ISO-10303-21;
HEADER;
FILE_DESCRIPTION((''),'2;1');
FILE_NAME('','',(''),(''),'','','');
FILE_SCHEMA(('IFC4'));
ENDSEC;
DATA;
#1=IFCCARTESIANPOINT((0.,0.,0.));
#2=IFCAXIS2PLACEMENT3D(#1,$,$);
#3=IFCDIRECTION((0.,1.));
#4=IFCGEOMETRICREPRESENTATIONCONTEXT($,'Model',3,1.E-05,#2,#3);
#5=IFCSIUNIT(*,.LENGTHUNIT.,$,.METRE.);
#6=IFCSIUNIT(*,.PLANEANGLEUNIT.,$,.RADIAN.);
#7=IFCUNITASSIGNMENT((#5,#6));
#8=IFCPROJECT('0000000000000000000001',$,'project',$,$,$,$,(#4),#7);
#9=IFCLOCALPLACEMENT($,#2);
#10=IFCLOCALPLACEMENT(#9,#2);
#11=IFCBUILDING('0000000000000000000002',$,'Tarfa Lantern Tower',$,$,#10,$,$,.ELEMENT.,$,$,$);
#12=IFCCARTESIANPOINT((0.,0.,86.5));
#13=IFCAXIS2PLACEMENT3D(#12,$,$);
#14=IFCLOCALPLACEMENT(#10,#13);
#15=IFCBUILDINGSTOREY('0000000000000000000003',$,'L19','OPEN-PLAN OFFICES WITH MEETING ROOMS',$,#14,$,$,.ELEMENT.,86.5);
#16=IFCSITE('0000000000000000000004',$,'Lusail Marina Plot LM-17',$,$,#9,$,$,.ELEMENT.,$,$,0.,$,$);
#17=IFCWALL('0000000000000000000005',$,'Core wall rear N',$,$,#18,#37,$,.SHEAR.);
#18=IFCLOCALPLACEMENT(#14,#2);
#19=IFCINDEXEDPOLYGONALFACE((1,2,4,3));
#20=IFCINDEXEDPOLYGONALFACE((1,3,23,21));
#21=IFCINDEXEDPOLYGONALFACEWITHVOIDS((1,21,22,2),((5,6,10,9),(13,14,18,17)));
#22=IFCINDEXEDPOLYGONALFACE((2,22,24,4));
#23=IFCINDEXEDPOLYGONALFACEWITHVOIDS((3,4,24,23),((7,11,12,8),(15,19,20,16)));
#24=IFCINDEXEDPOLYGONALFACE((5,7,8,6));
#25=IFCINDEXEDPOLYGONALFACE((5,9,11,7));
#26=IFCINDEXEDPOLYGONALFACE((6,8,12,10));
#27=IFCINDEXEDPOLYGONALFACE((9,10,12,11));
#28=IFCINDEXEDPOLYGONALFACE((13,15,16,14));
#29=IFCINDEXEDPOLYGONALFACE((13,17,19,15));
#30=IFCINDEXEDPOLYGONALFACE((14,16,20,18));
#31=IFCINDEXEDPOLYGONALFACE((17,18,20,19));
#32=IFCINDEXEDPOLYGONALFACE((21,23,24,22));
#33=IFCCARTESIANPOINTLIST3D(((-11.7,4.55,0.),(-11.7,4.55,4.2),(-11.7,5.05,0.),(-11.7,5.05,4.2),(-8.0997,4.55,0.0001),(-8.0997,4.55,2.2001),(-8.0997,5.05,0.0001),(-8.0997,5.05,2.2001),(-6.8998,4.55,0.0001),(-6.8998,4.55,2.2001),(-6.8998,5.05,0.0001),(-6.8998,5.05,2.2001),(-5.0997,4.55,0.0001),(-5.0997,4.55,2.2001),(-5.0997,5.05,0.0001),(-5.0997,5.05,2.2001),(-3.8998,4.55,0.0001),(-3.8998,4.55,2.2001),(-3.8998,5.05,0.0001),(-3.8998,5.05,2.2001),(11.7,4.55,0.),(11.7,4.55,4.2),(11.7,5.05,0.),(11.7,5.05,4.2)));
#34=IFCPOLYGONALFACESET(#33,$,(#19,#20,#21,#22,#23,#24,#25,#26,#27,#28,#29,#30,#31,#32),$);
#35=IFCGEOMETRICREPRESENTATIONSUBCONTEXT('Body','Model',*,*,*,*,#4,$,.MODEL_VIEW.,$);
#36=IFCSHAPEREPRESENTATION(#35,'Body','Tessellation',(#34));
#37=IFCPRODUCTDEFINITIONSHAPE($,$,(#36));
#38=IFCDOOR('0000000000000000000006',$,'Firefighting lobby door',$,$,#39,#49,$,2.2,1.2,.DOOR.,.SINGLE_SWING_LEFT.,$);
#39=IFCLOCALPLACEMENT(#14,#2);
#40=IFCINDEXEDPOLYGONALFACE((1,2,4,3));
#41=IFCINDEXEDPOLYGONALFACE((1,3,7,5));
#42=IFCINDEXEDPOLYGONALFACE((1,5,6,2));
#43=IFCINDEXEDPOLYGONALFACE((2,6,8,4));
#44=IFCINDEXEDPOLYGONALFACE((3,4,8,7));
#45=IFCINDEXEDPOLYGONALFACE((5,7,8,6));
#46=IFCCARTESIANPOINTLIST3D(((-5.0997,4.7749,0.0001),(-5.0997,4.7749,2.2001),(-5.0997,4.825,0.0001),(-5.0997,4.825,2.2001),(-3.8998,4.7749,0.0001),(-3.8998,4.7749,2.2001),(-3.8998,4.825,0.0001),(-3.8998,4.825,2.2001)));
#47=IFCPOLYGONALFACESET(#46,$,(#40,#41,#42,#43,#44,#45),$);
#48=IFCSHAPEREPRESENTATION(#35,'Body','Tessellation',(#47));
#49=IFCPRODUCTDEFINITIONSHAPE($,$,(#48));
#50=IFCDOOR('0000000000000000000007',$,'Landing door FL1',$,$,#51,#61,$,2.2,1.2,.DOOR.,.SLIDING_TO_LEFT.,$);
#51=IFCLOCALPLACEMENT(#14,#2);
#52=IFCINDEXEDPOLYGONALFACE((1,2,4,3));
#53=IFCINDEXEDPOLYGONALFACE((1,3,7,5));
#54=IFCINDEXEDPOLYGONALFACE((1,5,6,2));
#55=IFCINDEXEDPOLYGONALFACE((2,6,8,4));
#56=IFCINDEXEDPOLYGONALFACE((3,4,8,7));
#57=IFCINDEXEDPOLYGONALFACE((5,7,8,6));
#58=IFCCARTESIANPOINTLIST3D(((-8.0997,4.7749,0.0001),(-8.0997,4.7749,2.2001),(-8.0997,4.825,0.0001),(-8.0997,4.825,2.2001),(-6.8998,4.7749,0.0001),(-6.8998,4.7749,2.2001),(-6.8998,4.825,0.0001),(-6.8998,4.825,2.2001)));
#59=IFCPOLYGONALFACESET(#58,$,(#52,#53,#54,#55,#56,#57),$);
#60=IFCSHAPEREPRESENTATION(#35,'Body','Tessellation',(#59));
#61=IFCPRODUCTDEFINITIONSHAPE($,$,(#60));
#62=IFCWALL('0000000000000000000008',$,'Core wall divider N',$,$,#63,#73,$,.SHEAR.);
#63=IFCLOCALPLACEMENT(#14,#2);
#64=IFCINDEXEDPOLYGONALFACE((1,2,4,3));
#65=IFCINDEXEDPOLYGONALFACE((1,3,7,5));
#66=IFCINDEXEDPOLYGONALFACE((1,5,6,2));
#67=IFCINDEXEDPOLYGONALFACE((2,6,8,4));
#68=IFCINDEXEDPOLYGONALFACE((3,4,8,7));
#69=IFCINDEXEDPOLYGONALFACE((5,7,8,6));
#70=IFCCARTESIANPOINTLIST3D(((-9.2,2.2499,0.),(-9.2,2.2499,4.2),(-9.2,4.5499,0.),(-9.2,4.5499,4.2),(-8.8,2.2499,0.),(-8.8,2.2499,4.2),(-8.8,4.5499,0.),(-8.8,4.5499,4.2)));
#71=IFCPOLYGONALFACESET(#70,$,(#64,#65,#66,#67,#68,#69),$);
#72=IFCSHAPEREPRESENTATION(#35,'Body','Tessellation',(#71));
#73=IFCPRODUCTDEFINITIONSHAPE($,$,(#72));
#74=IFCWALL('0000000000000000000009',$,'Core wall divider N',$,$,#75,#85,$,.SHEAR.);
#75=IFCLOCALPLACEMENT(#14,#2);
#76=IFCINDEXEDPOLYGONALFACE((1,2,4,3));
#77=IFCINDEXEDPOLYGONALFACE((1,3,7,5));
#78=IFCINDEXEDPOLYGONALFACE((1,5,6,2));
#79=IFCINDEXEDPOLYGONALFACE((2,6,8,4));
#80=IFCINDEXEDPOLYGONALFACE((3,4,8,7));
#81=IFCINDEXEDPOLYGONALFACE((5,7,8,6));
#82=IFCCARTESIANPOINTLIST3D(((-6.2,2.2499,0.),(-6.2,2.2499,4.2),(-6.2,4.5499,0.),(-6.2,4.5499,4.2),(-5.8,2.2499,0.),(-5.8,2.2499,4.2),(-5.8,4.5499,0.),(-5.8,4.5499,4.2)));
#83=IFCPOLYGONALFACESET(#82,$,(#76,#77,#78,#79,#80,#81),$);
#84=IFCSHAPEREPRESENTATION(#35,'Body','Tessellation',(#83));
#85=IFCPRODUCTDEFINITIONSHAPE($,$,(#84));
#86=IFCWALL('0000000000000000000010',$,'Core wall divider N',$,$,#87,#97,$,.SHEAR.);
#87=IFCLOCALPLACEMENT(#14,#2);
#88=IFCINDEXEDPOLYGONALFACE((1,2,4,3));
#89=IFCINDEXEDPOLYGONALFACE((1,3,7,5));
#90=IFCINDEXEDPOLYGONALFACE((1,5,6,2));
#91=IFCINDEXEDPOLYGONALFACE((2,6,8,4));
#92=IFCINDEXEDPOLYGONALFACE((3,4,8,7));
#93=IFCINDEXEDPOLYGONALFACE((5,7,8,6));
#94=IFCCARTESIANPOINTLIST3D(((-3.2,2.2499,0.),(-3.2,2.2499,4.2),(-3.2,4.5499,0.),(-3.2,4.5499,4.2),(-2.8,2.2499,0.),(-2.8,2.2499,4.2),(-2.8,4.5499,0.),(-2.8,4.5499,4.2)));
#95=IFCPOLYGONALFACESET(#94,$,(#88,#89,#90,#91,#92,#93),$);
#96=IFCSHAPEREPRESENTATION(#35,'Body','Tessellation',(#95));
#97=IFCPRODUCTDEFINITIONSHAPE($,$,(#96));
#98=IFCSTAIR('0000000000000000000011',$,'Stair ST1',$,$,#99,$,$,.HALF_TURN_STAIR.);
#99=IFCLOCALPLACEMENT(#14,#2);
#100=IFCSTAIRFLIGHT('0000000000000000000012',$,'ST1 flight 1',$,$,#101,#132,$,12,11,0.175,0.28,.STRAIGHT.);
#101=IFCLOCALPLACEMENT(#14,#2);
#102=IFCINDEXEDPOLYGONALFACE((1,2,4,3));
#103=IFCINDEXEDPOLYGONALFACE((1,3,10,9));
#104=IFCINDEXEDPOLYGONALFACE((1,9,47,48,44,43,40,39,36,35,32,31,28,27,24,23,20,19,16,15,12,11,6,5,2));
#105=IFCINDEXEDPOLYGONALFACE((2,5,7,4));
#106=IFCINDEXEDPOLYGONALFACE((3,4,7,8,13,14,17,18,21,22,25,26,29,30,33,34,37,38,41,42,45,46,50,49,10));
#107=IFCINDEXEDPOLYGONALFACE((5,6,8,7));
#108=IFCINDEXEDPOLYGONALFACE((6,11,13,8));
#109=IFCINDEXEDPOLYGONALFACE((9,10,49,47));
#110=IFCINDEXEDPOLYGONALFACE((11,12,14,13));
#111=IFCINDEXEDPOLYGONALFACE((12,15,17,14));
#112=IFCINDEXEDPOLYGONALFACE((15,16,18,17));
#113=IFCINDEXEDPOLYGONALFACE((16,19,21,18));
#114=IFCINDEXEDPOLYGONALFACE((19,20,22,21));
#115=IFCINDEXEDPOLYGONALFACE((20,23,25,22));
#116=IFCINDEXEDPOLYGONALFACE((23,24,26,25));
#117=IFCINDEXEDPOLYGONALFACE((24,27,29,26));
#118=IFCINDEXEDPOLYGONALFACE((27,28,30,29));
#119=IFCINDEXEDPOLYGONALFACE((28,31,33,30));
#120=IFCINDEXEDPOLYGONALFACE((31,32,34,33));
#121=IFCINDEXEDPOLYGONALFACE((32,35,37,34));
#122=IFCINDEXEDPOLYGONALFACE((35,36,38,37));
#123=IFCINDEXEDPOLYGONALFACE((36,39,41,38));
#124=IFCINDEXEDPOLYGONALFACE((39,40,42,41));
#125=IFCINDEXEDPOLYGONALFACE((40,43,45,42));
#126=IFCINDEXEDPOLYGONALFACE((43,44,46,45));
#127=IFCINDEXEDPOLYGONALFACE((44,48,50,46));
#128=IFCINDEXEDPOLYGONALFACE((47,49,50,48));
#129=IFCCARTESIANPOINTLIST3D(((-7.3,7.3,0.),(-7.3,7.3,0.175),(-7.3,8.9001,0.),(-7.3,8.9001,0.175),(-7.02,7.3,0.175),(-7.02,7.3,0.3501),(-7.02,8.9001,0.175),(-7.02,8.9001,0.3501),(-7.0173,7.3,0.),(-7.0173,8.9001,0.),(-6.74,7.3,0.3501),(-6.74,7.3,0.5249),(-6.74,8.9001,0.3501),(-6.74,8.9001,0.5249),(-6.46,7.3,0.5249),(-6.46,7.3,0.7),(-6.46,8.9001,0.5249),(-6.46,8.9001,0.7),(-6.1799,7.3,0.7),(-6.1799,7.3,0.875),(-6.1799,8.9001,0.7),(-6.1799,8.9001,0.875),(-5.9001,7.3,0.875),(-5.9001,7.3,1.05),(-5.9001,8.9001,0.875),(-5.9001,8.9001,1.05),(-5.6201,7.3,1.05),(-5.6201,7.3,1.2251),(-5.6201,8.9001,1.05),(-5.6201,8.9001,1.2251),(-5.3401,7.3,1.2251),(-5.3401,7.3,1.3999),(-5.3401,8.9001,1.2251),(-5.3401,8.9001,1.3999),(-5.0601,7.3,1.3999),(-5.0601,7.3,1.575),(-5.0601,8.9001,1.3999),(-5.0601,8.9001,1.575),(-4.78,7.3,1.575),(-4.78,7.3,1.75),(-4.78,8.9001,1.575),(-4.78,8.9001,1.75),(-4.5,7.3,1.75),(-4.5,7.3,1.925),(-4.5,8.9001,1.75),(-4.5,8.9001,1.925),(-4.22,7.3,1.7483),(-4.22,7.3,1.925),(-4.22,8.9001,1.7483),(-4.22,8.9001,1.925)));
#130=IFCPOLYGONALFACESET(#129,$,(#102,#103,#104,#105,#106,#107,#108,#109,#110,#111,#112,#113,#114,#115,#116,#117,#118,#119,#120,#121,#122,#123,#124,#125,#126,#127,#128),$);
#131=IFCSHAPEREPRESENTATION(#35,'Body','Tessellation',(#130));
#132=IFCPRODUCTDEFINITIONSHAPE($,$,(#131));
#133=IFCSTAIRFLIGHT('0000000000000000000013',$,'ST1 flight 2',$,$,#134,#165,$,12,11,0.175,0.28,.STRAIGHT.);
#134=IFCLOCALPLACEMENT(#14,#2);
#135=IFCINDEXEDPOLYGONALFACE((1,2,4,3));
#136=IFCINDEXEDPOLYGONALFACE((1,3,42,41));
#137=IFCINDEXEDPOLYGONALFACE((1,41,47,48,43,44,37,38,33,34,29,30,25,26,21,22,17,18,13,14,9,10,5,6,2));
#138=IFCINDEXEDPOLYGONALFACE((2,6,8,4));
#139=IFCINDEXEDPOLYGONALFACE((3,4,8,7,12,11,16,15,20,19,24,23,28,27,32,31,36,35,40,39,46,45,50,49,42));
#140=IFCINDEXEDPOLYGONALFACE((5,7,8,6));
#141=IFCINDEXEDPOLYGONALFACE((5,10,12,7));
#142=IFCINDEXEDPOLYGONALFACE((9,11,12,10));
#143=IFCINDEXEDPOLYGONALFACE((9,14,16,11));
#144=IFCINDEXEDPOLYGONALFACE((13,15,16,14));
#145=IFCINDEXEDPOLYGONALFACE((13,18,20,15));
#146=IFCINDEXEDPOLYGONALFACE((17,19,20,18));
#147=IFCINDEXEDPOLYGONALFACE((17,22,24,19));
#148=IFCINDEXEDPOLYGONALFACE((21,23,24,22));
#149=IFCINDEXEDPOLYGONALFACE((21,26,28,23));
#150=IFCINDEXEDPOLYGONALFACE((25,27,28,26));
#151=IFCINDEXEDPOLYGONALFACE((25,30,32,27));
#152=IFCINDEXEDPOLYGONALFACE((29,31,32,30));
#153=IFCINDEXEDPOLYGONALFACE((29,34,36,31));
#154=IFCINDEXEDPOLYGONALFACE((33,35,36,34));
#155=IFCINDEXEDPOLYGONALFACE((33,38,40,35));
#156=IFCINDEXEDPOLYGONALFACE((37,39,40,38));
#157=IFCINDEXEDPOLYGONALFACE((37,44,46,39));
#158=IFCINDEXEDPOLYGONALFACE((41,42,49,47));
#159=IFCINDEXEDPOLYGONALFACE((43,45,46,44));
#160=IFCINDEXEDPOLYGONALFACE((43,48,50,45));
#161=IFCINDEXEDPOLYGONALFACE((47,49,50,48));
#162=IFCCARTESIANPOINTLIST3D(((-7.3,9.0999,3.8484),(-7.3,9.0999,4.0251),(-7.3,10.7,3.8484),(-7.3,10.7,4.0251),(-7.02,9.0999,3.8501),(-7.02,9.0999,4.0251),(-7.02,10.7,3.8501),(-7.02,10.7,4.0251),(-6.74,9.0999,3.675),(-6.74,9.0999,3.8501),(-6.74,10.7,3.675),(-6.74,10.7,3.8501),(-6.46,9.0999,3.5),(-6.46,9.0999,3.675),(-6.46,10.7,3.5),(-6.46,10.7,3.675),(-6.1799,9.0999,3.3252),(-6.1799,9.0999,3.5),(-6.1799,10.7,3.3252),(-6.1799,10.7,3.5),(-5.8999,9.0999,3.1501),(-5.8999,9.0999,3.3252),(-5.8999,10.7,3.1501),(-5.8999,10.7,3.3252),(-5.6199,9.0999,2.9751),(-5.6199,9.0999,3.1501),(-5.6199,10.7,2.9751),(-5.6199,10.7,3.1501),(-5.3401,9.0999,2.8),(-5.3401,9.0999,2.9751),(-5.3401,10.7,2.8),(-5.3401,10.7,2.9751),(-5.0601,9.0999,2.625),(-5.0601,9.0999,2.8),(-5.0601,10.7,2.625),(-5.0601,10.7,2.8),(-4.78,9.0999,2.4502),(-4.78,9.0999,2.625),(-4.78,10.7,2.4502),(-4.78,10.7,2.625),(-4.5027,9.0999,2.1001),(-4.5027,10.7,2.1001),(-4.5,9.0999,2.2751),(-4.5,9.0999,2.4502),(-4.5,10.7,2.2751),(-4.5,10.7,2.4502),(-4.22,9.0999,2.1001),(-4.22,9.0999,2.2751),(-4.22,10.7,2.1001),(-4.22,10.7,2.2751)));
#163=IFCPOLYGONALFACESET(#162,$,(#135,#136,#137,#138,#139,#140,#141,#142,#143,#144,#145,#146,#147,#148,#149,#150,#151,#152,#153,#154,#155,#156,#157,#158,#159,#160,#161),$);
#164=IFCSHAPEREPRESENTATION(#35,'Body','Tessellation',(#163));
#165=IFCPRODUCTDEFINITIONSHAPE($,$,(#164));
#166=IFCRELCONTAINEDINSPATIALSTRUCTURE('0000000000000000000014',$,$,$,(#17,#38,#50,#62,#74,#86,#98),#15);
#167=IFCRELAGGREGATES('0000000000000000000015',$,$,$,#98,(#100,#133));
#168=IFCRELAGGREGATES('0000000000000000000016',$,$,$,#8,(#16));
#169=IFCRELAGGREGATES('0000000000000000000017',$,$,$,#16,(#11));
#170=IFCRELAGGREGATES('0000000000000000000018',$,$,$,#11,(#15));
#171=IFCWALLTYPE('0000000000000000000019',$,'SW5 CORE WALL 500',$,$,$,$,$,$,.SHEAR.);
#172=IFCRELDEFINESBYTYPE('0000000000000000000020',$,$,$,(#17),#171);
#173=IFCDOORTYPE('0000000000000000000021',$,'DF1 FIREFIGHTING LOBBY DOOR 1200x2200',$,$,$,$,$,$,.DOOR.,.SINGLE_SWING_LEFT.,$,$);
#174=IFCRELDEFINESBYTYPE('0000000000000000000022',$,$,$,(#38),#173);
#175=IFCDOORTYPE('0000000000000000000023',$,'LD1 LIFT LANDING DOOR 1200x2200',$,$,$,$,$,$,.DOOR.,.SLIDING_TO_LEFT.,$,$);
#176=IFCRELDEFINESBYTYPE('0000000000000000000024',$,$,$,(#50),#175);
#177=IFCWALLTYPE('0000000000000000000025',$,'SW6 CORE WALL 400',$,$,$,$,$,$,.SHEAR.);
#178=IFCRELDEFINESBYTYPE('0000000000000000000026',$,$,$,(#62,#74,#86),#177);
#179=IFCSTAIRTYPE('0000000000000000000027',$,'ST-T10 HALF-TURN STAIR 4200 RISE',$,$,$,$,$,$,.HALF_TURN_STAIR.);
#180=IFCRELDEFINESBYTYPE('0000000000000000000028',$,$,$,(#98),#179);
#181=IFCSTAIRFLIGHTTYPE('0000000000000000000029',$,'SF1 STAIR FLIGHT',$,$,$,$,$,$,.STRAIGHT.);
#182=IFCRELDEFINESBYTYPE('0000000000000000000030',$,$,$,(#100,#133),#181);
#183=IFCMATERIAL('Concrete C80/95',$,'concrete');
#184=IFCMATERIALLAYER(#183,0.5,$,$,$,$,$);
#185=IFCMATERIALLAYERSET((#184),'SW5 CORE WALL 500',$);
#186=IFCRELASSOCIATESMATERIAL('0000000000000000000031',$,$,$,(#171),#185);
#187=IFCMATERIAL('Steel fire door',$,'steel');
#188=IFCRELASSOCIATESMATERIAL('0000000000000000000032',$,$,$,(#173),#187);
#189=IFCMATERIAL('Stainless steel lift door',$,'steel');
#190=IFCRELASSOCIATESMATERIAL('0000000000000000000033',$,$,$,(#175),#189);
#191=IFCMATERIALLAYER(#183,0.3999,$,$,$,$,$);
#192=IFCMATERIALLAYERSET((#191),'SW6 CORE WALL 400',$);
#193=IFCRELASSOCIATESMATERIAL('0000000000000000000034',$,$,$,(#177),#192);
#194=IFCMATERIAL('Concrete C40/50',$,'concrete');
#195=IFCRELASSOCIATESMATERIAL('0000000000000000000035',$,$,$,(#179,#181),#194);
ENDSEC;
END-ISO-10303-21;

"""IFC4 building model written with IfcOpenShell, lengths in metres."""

from ifc_helpers import new_model, si_unit, direction, frame, frame_2d, origin, place, context, subcontext, project, spatial, polyline, rectangle, outline, extrude, material, layer, layer_set, type_object, element, fill, aggregate, save


model = new_model("IFC4")

# Units and contexts
model_context = context("Model", 3, precision=1e-05, world=origin(), true_north=direction((0.0, 1.0)))
body_context = subcontext(model_context, "Body", "Model", "MODEL_VIEW")
ifc_project = project(units=[si_unit("LENGTHUNIT", "METRE"), si_unit("PLANEANGLEUNIT", "RADIAN")], contexts=[model_context])

# Site, building, storey
site_placement = place(None, origin())
site = spatial("IfcSite", under=ifc_project, at=site_placement, Name="Lusail Marina Plot LM-17", CompositionType="ELEMENT", RefElevation=0.0)
building_placement = place(site_placement, origin())
building = spatial("IfcBuilding", under=site, at=building_placement, Name="Tarfa Lantern Tower", CompositionType="ELEMENT")
storey_placement = place(building_placement, frame((0.0, 0.0, 86.5)))
storey = spatial("IfcBuildingStorey", under=building, at=storey_placement, Name="L19", Description="OPEN-PLAN OFFICES WITH MEETING ROOMS", CompositionType="ELEMENT", Elevation=86.5)

# Shared definitions
ifc_material_1 = material(Name="Concrete C80/95", Category="concrete")

# Shared definitions
ifc_material_2 = material(Name="Steel fire door", Category="steel")

# Wall, openings, doors
ifc_layer_1 = layer(ifc_material_1, 0.5)
ifc_layer_set_1 = layer_set([ifc_layer_1], Name="SW5 CORE WALL 500")
wall_type_1 = type_object("IfcWallType", Name="SW5 CORE WALL 500", PredefinedType="SHEAR", material=ifc_layer_set_1)
ifc_material_3 = material(Name="Stainless steel lift door", Category="steel")
wall_1_placement = place(storey_placement, frame((-11.7, 4.8, 0.0), z_axis=(0.0, 0.0, 1.0), x_axis=(1.0, 0.0, 0.0)))
wall_1 = element("IfcWall", 1, at=wall_1_placement, inside=storey, type_object=wall_type_1, Name="Core wall rear N", PredefinedType="SHEAR", context=body_context, shape_type="SweptSolid", body=[
    extrude(rectangle(XDim=23.3999, YDim=0.5, at=frame_2d((11.7, 0.0))), origin(), (0.0, 0.0, 1.0), 4.2),
])
opening_1_placement = place(wall_1_placement, frame((6.6001, 0.0, 0.0)))
opening_1 = element("IfcOpeningElement", 2, at=opening_1_placement, cuts=wall_1, PredefinedType="OPENING", context=body_context, shape_type="SweptSolid", body=[
    extrude(rectangle(XDim=1.2, YDim=2.2, at=frame_2d((0.6001, 1.1001))), frame((0.0, 0.26, 0.0), z_axis=(0.0, -1.0, 0.0), x_axis=(1.0, 0.0, 0.0)), (0.0, 0.0, 1.0), 0.52),
])
opening_2_placement = place(wall_1_placement, frame((3.6001, 0.0, 0.0)))
opening_2 = element("IfcOpeningElement", 3, at=opening_2_placement, cuts=wall_1, PredefinedType="OPENING", context=body_context, shape_type="SweptSolid", body=[
    extrude(rectangle(XDim=1.2, YDim=2.2, at=frame_2d((0.6001, 1.1001))), frame((0.0, 0.26, 0.0), z_axis=(0.0, -1.0, 0.0), x_axis=(1.0, 0.0, 0.0)), (0.0, 0.0, 1.0), 0.52),
])
door_type_1 = type_object("IfcDoorType", Name="DF1 FIREFIGHTING LOBBY DOOR 1200x2200", OperationType="SINGLE_SWING_LEFT", PredefinedType="DOOR", material=ifc_material_2)
door_1_placement = place(opening_1_placement, origin())
door_1 = element("IfcDoor", 4, at=door_1_placement, inside=storey, type_object=door_type_1, Name="Firefighting lobby door", OperationType="SINGLE_SWING_LEFT", OverallHeight=2.2, OverallWidth=1.2, PredefinedType="DOOR", context=body_context, shape_type="SweptSolid", body=[
    extrude(rectangle(XDim=1.2, YDim=2.2, at=frame_2d((0.6001, 1.1001))), frame((0.0, 0.0249, 0.0), z_axis=(0.0, -1.0, 0.0), x_axis=(1.0, 0.0, 0.0)), (0.0, 0.0, 1.0), 0.05),
])
fill(opening_1, door_1)
door_type_2 = type_object("IfcDoorType", Name="LD1 LIFT LANDING DOOR 1200x2200", OperationType="SLIDING_TO_LEFT", PredefinedType="DOOR", material=ifc_material_3)
door_2_placement = place(opening_2_placement, origin())
door_2 = element("IfcDoor", 5, at=door_2_placement, inside=storey, type_object=door_type_2, Name="Landing door FL1", OperationType="SLIDING_TO_LEFT", OverallHeight=2.2, OverallWidth=1.2, PredefinedType="DOOR", context=body_context, shape_type="SweptSolid", body=[
    extrude(rectangle(XDim=1.2, YDim=2.2, at=frame_2d((0.6001, 1.1001))), frame((0.0, 0.0249, 0.0), z_axis=(0.0, -1.0, 0.0), x_axis=(1.0, 0.0, 0.0)), (0.0, 0.0, 1.0), 0.05),
])
fill(opening_2, door_2)

# Walls
ifc_layer_2 = layer(ifc_material_1, 0.3999)
ifc_layer_set_2 = layer_set([ifc_layer_2], Name="SW6 CORE WALL 400")
wall_type_2 = type_object("IfcWallType", Name="SW6 CORE WALL 400", PredefinedType="SHEAR", material=ifc_layer_set_2)
for number, where, z_axis, x_axis, name in (
    (6, (-9.0, 2.25, 0.0), (0.0, 0.0, 1.0), (0.0, 1.0, 0.0), "Core wall divider N"),
    (7, (-6.0, 2.25, 0.0), (0.0, 0.0, 1.0), (0.0, 1.0, 0.0), "Core wall divider N"),
    (8, (-3.0, 2.25, 0.0), (0.0, 0.0, 1.0), (0.0, 1.0, 0.0), "Core wall divider N"),
):
    element("IfcWall", number, at=place(storey_placement, frame(where, z_axis=z_axis, x_axis=x_axis)), inside=storey, type_object=wall_type_2, Name=name, PredefinedType="SHEAR", context=body_context, shape_type="SweptSolid", body=[
        extrude(rectangle(XDim=2.3, YDim=0.3999, at=frame_2d((1.1499, 0.0))), origin(), (0.0, 0.0, 1.0), 4.2),
    ])

# Stair, stair flights
ifc_material_4 = material(Name="Concrete C40/50", Category="concrete")
stair_type = type_object("IfcStairType", Name="ST-T10 HALF-TURN STAIR 4200 RISE", PredefinedType="HALF_TURN_STAIR", material=ifc_material_4)
stair_placement = place(storey_placement, origin())
stair = element("IfcStair", 9, at=stair_placement, inside=storey, type_object=stair_type, Name="Stair ST1", PredefinedType="HALF_TURN_STAIR")
stair_flight_type = type_object("IfcStairFlightType", Name="SF1 STAIR FLIGHT", PredefinedType="STRAIGHT", material=ifc_material_4)
stair_flight_1_placement = place(storey_placement, frame((-7.3, 8.1001, 0.0), z_axis=(0.0, 0.0, 1.0), x_axis=(1.0, 0.0, 0.0)))
stair_flight_1 = element("IfcStairFlight", 10, at=stair_flight_1_placement, type_object=stair_flight_type, Name="ST1 flight 1", NumberOfRisers=12, NumberOfTreads=11, PredefinedType="STRAIGHT", RiserHeight=0.175, TreadLength=0.28, context=body_context, shape_type="SweptSolid", body=[
    extrude(outline(polyline([(0.0, 0.0), (0.0, 0.175), (0.28, 0.175), (0.28, 0.3501), (0.5601, 0.3501), (0.5601, 0.5249), (0.8401, 0.5249), (0.8401, 0.7), (1.1201, 0.7), (1.1201, 0.875), (1.3999, 0.875), (1.3999, 1.05), (1.6799, 1.05), (1.6799, 1.2251), (1.96, 1.2251), (1.96, 1.3999), (2.24, 1.3999), (2.24, 1.575), (2.52, 1.575), (2.52, 1.75), (2.8, 1.75), (2.8, 1.925), (3.0801, 1.925), (3.0801, 2.1001), (3.0801, 1.7483), (0.2827, 0.0), (0.0, 0.0)])), frame((0.0, 0.8, 0.0), z_axis=(0.0, -1.0, 0.0), x_axis=(1.0, 0.0, 0.0)), (0.0, 0.0, 1.0), 1.6001),
])
stair_flight_2_placement = place(storey_placement, frame((-4.22, 9.8999, 2.1001), z_axis=(0.0, 0.0, 1.0), x_axis=(-1.0, 0.0, 0.0)))
stair_flight_2 = element("IfcStairFlight", 11, at=stair_flight_2_placement, type_object=stair_flight_type, Name="ST1 flight 2", NumberOfRisers=12, NumberOfTreads=11, PredefinedType="STRAIGHT", RiserHeight=0.175, TreadLength=0.28, context=body_context, shape_type="SweptSolid", body=[
    extrude(outline(polyline([(0.0, 0.0), (0.0, 0.175), (0.28, 0.175), (0.28, 0.3501), (0.5601, 0.3501), (0.5601, 0.5249), (0.8401, 0.5249), (0.8401, 0.7), (1.1201, 0.7), (1.1201, 0.875), (1.3999, 0.875), (1.3999, 1.05), (1.6799, 1.05), (1.6799, 1.2251), (1.96, 1.2251), (1.96, 1.3999), (2.24, 1.3999), (2.24, 1.575), (2.52, 1.575), (2.52, 1.75), (2.8, 1.75), (2.8, 1.925), (3.0801, 1.925), (3.0801, 2.1001), (3.0801, 1.7483), (0.2827, 0.0), (0.0, 0.0)])), frame((0.0, 0.8, 0.0), z_axis=(0.0, -1.0, 0.0), x_axis=(1.0, 0.0, 0.0)), (0.0, 0.0, 1.0), 1.6001),
])
aggregate(stair, [stair_flight_1, stair_flight_2])

save(model, "model.ifc")
